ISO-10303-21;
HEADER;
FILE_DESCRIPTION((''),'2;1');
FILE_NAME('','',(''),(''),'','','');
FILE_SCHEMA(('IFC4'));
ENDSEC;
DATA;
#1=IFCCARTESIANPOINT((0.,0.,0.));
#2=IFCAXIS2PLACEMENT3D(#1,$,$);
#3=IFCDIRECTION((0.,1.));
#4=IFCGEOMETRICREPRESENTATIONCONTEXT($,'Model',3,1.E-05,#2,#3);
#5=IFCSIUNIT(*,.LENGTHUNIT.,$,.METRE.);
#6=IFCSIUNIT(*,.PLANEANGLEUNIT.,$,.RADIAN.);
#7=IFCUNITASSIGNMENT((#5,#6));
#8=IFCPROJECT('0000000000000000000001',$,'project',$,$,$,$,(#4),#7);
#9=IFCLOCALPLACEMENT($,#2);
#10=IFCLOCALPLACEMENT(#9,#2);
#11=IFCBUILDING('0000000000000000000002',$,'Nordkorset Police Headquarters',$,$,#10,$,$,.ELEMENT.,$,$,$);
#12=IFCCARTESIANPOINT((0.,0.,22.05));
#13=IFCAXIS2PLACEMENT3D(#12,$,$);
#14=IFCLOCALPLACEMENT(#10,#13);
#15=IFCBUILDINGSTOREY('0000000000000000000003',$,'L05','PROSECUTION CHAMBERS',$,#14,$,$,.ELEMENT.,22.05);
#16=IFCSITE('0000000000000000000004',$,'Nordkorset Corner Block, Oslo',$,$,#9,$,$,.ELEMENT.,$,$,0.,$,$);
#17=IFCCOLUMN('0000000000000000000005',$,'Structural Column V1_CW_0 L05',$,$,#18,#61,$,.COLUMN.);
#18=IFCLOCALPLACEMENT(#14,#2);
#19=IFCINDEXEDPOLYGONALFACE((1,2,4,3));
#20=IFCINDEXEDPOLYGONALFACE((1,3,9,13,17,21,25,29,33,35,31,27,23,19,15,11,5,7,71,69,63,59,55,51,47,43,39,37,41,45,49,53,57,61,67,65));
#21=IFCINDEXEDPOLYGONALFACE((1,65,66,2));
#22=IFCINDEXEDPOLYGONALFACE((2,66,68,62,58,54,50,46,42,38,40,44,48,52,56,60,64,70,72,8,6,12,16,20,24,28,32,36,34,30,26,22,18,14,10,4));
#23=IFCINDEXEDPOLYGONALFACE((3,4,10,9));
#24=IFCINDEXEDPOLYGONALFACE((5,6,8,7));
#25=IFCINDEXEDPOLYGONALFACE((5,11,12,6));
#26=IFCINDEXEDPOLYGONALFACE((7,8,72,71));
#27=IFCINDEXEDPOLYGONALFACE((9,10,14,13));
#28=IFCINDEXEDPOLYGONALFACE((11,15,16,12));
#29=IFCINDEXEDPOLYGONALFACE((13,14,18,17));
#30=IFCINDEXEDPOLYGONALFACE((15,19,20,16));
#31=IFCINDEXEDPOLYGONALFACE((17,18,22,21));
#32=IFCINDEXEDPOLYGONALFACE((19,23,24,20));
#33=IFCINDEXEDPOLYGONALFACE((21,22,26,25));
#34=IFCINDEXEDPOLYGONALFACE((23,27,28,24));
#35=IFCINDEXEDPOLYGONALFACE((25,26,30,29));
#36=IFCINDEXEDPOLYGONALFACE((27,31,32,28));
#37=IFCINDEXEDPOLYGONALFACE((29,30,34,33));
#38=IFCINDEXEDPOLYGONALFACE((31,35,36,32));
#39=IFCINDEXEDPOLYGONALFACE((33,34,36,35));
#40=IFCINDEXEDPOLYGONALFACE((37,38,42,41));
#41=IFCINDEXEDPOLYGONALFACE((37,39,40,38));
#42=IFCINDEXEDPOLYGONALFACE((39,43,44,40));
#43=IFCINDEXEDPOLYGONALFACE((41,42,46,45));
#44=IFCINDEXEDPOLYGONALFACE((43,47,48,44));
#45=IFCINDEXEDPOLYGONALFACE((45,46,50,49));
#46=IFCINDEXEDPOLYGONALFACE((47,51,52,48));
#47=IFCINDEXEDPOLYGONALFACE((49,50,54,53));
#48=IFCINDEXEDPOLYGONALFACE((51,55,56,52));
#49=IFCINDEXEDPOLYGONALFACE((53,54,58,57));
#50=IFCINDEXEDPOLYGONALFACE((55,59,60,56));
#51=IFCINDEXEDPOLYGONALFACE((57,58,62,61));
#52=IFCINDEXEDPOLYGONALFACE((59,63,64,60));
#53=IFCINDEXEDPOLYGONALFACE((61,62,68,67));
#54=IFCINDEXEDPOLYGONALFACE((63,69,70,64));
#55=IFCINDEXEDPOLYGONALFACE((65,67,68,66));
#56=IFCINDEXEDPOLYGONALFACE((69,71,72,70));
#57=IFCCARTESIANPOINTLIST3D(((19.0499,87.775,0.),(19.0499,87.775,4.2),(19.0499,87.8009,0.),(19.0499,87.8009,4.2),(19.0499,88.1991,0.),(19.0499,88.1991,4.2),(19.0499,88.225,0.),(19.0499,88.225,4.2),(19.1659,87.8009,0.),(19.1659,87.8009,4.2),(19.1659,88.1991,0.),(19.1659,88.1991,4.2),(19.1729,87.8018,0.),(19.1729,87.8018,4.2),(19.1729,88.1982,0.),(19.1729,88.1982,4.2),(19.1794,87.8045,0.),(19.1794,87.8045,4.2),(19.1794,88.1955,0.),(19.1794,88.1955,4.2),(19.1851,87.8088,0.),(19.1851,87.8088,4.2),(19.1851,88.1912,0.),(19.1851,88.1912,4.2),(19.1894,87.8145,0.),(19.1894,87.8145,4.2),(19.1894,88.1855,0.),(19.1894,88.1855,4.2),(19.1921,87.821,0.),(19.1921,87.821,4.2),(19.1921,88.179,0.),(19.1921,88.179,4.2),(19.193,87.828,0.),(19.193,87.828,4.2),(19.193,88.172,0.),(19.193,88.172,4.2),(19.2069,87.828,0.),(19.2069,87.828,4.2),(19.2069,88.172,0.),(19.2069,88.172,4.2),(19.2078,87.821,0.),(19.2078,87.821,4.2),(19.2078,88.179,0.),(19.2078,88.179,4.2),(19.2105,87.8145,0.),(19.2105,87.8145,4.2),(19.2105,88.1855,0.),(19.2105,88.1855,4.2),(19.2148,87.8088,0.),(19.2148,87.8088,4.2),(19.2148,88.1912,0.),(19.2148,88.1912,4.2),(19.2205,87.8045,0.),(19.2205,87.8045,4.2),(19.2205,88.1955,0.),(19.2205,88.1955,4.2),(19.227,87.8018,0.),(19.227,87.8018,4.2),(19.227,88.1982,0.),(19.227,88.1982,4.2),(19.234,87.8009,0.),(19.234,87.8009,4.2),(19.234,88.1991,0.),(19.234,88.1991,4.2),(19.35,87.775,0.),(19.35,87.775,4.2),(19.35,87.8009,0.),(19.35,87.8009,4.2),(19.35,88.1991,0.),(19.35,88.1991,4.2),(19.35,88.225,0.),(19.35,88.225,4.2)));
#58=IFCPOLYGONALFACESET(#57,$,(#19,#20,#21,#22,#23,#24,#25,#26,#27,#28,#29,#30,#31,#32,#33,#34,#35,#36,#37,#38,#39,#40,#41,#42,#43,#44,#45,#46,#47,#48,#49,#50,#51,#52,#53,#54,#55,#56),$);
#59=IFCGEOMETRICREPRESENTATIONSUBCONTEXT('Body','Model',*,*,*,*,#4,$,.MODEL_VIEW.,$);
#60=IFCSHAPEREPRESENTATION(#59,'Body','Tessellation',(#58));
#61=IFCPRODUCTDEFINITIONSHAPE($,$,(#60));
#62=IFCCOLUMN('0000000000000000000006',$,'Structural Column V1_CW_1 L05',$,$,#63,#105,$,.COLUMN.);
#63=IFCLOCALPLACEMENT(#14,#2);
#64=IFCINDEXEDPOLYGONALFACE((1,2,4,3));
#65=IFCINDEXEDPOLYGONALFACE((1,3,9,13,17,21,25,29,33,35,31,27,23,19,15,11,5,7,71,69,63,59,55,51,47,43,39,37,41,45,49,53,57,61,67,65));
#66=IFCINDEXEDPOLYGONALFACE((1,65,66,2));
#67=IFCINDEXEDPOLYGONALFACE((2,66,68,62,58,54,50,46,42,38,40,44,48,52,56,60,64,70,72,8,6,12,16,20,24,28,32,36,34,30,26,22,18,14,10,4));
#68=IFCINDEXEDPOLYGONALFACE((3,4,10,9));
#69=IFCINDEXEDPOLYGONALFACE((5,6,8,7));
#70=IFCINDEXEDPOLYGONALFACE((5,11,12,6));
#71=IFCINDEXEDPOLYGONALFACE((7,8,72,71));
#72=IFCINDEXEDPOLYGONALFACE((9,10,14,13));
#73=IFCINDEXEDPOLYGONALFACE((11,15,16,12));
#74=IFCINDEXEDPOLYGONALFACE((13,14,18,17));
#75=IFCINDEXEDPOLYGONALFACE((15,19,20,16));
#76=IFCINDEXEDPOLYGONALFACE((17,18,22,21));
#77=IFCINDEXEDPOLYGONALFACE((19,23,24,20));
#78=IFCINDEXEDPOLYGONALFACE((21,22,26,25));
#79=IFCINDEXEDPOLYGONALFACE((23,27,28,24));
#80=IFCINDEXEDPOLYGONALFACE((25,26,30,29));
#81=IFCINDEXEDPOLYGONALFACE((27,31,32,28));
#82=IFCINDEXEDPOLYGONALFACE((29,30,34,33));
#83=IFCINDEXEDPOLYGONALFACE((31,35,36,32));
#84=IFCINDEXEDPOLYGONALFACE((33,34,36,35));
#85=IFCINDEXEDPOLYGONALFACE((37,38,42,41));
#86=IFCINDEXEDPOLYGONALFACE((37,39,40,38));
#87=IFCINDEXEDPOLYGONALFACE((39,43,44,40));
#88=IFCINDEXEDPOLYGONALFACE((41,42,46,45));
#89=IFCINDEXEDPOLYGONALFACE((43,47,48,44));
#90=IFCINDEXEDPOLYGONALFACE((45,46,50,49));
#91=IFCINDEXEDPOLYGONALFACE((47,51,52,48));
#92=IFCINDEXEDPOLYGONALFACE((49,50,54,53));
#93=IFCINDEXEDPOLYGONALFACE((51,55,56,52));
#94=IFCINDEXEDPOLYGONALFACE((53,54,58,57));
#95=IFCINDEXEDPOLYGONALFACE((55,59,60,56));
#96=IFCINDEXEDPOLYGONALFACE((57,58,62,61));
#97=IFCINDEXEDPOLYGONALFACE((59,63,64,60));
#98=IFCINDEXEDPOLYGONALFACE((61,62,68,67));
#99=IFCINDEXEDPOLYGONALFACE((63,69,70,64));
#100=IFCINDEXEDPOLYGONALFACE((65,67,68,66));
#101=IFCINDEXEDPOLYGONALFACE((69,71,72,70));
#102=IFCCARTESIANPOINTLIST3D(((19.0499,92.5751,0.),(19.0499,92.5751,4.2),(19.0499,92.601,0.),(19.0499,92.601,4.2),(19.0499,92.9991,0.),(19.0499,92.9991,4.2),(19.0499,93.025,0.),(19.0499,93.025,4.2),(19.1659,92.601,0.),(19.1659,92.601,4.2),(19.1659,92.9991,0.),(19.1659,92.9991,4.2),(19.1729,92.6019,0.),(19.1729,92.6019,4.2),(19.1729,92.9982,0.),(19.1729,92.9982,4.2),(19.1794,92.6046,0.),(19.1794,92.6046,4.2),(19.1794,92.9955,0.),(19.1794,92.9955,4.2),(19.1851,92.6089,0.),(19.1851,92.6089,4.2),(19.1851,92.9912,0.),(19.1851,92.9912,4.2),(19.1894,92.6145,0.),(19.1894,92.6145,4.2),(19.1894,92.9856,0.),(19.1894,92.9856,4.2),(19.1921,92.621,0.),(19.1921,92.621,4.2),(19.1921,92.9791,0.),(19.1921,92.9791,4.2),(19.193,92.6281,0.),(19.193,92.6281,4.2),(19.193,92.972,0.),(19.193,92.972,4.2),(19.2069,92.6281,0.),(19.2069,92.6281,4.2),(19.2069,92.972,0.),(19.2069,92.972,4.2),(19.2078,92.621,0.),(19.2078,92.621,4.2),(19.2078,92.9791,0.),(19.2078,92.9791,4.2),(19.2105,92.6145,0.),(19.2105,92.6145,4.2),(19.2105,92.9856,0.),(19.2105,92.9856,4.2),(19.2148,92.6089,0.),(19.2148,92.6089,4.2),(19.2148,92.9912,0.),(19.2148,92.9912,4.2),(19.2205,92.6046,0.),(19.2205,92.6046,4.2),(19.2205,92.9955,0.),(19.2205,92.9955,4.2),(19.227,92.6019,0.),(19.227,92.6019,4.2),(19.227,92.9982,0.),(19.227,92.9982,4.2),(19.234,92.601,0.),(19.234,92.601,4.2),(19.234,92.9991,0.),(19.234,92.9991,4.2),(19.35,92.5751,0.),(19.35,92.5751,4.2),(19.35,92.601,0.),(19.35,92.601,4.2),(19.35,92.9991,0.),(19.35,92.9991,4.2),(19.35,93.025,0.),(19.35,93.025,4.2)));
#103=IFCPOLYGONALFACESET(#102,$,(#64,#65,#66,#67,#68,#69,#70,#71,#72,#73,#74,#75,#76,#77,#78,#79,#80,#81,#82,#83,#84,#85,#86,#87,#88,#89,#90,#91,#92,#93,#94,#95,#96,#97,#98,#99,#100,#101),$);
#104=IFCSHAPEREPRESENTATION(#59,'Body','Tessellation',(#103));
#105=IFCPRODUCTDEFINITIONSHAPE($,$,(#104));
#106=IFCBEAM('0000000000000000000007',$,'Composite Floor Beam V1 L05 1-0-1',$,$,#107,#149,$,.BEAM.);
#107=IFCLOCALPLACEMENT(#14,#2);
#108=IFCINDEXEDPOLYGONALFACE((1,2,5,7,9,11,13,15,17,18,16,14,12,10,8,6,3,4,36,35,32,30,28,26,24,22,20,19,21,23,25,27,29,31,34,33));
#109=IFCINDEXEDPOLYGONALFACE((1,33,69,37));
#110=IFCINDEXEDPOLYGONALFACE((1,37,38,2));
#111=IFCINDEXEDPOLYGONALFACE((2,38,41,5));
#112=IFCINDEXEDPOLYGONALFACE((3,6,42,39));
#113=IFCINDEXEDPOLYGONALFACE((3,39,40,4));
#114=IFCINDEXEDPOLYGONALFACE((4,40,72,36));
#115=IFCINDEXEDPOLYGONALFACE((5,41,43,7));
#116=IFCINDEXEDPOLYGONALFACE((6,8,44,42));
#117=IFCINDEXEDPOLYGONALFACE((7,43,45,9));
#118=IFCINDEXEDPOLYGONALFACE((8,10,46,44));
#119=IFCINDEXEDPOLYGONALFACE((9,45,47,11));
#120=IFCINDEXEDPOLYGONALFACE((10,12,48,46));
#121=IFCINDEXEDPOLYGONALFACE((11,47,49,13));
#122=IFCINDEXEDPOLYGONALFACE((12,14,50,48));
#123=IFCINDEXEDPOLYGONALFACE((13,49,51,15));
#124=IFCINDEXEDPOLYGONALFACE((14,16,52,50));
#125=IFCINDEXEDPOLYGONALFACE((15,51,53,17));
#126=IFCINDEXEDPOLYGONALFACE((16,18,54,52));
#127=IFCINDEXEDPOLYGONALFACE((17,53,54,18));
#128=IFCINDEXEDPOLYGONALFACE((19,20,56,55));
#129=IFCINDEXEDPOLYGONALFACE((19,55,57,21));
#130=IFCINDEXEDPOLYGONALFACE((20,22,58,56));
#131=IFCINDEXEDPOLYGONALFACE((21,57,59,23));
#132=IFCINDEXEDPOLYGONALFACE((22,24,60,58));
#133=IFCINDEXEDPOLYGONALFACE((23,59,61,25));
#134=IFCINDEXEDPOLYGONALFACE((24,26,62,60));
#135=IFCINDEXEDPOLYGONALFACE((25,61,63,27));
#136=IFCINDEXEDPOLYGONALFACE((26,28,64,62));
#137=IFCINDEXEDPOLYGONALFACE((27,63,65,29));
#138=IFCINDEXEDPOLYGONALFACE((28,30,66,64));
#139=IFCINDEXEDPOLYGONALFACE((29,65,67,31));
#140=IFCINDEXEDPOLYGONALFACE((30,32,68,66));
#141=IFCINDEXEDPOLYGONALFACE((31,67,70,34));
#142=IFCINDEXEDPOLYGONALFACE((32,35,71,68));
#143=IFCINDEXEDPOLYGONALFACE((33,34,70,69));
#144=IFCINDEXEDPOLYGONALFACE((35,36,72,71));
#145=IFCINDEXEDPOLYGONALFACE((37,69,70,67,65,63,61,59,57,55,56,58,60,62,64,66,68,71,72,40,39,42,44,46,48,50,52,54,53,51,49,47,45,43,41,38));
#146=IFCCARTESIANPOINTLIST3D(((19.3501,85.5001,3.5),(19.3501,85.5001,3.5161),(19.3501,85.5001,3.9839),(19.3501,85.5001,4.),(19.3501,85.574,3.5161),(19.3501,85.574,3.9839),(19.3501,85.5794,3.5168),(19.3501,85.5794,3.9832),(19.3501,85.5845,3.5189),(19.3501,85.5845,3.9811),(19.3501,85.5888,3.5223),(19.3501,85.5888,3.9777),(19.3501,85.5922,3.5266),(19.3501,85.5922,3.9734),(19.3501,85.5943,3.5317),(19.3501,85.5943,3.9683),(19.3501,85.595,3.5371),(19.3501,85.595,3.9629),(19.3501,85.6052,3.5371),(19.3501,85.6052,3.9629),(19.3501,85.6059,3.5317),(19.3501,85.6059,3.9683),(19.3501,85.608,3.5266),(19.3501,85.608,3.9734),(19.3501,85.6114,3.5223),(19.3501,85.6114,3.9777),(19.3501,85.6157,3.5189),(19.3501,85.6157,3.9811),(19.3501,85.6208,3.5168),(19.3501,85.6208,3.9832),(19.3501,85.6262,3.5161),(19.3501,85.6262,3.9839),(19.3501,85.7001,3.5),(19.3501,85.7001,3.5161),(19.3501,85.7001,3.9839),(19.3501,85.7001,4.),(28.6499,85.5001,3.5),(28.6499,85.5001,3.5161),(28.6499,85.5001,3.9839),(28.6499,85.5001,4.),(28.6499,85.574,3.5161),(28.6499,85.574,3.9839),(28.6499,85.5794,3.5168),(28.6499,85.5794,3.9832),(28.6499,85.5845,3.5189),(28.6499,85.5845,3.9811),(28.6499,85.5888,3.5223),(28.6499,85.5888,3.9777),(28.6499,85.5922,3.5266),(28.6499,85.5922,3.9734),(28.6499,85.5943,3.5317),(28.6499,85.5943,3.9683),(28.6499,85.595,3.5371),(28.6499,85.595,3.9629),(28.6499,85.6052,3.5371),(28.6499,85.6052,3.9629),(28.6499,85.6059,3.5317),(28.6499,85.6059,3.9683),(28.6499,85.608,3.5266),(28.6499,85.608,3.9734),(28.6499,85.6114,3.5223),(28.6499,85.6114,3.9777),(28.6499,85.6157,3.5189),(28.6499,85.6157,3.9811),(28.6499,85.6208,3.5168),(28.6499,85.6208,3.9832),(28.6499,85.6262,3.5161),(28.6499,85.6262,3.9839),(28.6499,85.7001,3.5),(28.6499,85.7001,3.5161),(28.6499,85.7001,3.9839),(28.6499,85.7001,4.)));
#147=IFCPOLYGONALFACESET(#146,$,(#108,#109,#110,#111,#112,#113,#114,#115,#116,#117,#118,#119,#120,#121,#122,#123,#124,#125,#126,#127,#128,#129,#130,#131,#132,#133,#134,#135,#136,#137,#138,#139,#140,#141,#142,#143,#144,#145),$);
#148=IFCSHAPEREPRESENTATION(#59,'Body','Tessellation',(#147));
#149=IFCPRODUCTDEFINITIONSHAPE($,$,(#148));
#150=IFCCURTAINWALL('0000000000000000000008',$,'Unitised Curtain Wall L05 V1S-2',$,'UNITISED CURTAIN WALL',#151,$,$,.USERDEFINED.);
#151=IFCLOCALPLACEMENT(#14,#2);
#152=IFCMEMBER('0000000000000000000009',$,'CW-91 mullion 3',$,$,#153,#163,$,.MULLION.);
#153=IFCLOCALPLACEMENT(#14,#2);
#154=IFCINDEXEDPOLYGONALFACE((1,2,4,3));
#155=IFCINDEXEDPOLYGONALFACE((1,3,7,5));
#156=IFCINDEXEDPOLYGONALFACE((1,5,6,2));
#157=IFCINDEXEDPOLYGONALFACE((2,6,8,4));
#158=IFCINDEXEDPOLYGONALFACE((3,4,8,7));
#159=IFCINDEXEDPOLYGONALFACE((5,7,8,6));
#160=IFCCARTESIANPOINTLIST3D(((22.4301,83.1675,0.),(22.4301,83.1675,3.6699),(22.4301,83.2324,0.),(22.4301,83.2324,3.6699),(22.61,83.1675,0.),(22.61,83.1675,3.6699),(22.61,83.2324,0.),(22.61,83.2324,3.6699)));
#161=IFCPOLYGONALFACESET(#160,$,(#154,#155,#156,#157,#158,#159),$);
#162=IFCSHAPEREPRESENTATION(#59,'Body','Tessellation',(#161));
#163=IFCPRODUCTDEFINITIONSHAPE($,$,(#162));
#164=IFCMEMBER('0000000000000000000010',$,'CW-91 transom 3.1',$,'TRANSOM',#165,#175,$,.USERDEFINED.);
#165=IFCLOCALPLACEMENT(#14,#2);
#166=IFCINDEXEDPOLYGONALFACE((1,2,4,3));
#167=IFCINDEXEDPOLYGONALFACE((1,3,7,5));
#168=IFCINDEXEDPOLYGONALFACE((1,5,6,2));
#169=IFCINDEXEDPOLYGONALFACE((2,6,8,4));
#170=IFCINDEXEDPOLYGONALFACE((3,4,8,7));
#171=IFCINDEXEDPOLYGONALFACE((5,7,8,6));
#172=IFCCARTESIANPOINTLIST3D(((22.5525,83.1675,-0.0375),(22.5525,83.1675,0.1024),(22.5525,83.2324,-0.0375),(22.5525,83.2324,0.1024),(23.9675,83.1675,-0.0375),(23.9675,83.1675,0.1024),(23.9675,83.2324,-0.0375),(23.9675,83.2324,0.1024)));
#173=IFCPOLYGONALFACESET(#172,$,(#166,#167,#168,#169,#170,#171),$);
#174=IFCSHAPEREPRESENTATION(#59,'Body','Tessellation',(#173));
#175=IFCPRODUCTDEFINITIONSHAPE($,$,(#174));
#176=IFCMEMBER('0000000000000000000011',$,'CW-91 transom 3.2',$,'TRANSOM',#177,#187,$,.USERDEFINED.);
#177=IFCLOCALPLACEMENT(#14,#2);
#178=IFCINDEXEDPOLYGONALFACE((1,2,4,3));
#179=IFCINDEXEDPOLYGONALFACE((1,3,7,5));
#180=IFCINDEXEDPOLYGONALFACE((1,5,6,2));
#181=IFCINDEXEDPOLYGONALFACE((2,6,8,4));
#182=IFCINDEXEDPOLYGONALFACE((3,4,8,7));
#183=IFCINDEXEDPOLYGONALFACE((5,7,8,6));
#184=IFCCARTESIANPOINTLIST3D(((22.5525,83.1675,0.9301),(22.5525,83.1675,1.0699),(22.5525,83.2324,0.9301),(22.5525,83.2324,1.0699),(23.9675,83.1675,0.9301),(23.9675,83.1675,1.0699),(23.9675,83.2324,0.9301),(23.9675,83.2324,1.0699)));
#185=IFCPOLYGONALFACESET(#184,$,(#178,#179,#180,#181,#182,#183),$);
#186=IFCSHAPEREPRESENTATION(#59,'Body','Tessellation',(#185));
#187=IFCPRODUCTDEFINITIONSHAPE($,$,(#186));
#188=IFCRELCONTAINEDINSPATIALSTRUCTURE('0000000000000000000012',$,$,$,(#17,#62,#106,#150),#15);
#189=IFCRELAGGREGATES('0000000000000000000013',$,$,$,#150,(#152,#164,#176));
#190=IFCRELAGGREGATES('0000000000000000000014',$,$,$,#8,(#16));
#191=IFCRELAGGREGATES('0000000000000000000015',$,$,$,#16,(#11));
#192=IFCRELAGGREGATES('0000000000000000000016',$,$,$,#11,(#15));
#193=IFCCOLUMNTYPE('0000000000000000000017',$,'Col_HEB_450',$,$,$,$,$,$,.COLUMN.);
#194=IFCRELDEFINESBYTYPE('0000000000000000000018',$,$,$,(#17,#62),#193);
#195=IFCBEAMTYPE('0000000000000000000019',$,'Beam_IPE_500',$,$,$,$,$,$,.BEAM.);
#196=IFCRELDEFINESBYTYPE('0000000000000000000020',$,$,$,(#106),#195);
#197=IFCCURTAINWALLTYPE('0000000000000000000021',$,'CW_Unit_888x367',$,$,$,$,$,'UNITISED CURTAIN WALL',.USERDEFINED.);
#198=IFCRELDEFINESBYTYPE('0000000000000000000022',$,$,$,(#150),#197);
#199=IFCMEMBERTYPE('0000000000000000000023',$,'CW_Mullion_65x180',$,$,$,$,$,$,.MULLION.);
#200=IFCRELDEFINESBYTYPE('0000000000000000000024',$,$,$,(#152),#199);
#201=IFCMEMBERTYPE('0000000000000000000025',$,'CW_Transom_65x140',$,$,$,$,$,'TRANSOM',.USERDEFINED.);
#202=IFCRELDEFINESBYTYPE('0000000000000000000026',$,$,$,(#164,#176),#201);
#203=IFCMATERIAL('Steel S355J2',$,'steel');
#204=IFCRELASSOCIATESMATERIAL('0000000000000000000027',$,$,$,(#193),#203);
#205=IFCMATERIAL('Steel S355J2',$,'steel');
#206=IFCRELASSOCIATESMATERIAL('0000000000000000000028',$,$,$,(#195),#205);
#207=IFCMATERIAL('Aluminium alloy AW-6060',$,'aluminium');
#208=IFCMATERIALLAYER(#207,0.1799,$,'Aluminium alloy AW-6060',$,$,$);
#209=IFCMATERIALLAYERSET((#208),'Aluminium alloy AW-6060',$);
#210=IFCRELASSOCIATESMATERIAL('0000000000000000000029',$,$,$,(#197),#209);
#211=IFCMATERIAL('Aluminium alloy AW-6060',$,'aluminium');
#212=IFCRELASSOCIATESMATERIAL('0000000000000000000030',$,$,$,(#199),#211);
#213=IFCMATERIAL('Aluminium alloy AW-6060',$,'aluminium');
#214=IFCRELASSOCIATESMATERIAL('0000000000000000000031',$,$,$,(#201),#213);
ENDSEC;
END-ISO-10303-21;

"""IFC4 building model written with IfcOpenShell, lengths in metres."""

from ifc_helpers import new_model, si_unit, direction, frame, origin, origin_2d, place, context, subcontext, project, spatial, rectangle, i_section, extrude, material, layer, layer_set, material_profile, profile_set, type_object, element, aggregate, save


model = new_model("IFC4")

# Units and contexts
model_context = context("Model", 3, precision=1e-05, world=origin(), true_north=direction((0.0, 1.0)))
body_context = subcontext(model_context, "Body", "Model", "MODEL_VIEW")
ifc_project = project(units=[si_unit("LENGTHUNIT", "METRE"), si_unit("PLANEANGLEUNIT", "RADIAN")], contexts=[model_context])

# Site, building, storey
site_placement = place(None, origin())
site = spatial("IfcSite", under=ifc_project, at=site_placement, Name="Nordkorset Corner Block, Oslo", CompositionType="ELEMENT", RefElevation=0.0)
building_placement = place(site_placement, origin())
building = spatial("IfcBuilding", under=site, at=building_placement, Name="Nordkorset Police Headquarters", CompositionType="ELEMENT")
storey_placement = place(building_placement, frame((0.0, 0.0, 22.05)))
storey = spatial("IfcBuildingStorey", under=building, at=storey_placement, Name="L05", Description="PROSECUTION CHAMBERS", CompositionType="ELEMENT", Elevation=22.05)

# Columns
ifc_material_1 = material(Name="Steel S355J2", Category="steel")
ifc_material_profile_1 = material_profile(ifc_material_1, i_section(OverallWidth=0.3, OverallDepth=0.45, WebThickness=0.0139, FlangeThickness=0.0259, FilletRadius=0.0271, at=origin_2d()), Name="HEB 450")
ifc_profile_set_1 = profile_set([ifc_material_profile_1], Name="Steel S355J2")
column_type = type_object("IfcColumnType", Name="Col_HEB_450", PredefinedType="COLUMN", material=ifc_profile_set_1)
for number, where, z_axis, x_axis, name in (
    (1, (19.2, 88.0, 0.0), (0.0, 0.0, 1.0), (1.0, 0.0, 0.0), "Structural Column V1_CW_0 L05"),
    (2, (19.2, 92.8, 0.0), (0.0, 0.0, 1.0), (1.0, 0.0, 0.0), "Structural Column V1_CW_1 L05"),
):
    element("IfcColumn", number, at=place(storey_placement, frame(where, z_axis=z_axis, x_axis=x_axis)), inside=storey, type_object=column_type, Name=name, PredefinedType="COLUMN", context=body_context, shape_type="SweptSolid", body=[
        extrude(i_section(OverallWidth=0.3, OverallDepth=0.45, WebThickness=0.0139, FlangeThickness=0.0259, FilletRadius=0.0271, at=origin_2d()), origin(), (0.0, 0.0, 1.0), 4.2),
    ])

# Beam
ifc_material_2 = material(Name="Steel S355J2", Category="steel")
ifc_material_profile_2 = material_profile(ifc_material_2, i_section(OverallWidth=0.2, OverallDepth=0.5, WebThickness=0.0103, FlangeThickness=0.0161, FilletRadius=0.021, at=origin_2d()), Name="IPE 500")
ifc_profile_set_2 = profile_set([ifc_material_profile_2], Name="Steel S355J2")
beam_type_1 = type_object("IfcBeamType", Name="Beam_IPE_500", PredefinedType="BEAM", material=ifc_profile_set_2)
beam_1_placement = place(storey_placement, frame((19.3501, 85.6001, 3.75), z_axis=(1.0, 0.0, 0.0), x_axis=(0.0, 1.0, 0.0)))
element("IfcBeam", 3, at=beam_1_placement, inside=storey, type_object=beam_type_1, Name="Composite Floor Beam V1 L05 1-0-1", PredefinedType="BEAM", context=body_context, shape_type="SweptSolid", body=[
    extrude(i_section(OverallWidth=0.2, OverallDepth=0.5, WebThickness=0.0103, FlangeThickness=0.0161, FilletRadius=0.021, at=origin_2d()), origin(), (0.0, 0.0, 1.0), 9.2998),
])

# Curtain wall, members
ifc_material_3 = material(Name="Aluminium alloy AW-6060", Category="aluminium")
ifc_layer_1 = layer(ifc_material_3, 0.1799, Name="Aluminium alloy AW-6060")
ifc_layer_set_1 = layer_set([ifc_layer_1], Name="Aluminium alloy AW-6060")
curtain_wall_type = type_object("IfcCurtainWallType", Name="CW_Unit_888x367", ElementType="UNITISED CURTAIN WALL", PredefinedType="USERDEFINED", material=ifc_layer_set_1)
curtain_wall_placement = place(storey_placement, origin())
curtain_wall = element("IfcCurtainWall", 4, at=curtain_wall_placement, inside=storey, type_object=curtain_wall_type, Name="Unitised Curtain Wall L05 V1S-2", ObjectType="UNITISED CURTAIN WALL", PredefinedType="USERDEFINED")
ifc_material_4 = material(Name="Aluminium alloy AW-6060", Category="aluminium")
ifc_material_profile_3 = material_profile(ifc_material_4, rectangle(XDim=0.0649, YDim=0.1799, at=origin_2d()), Name="ALU MULL 65x180")
ifc_profile_set_3 = profile_set([ifc_material_profile_3], Name="Aluminium alloy AW-6060")
member_type_1 = type_object("IfcMemberType", Name="CW_Mullion_65x180", PredefinedType="MULLION", material=ifc_profile_set_3)
member_1_placement = place(storey_placement, frame((22.52, 83.2, 0.0), z_axis=(0.0, 0.0, 1.0), x_axis=(0.0, 1.0, 0.0)))
member_1 = element("IfcMember", 5, at=member_1_placement, type_object=member_type_1, Name="CW-91 mullion 3", PredefinedType="MULLION", context=body_context, shape_type="SweptSolid", body=[
    extrude(rectangle(XDim=0.0649, YDim=0.1799, at=origin_2d()), origin(), (0.0, 0.0, 1.0), 3.6699),
])
ifc_material_5 = material(Name="Aluminium alloy AW-6060", Category="aluminium")
ifc_material_profile_4 = material_profile(ifc_material_5, rectangle(XDim=0.0649, YDim=0.1399, at=origin_2d()), Name="ALU TRAN 65x140")
ifc_profile_set_4 = profile_set([ifc_material_profile_4], Name="Aluminium alloy AW-6060")
member_type_2 = type_object("IfcMemberType", Name="CW_Transom_65x140", ElementType="TRANSOM", PredefinedType="USERDEFINED", material=ifc_profile_set_4)
member_2_placement = place(storey_placement, frame((22.5525, 83.2, 0.0325), z_axis=(1.0, 0.0, 0.0), x_axis=(0.0, 1.0, 0.0)))
member_2 = element("IfcMember", 6, at=member_2_placement, type_object=member_type_2, Name="CW-91 transom 3.1", ObjectType="TRANSOM", PredefinedType="USERDEFINED", context=body_context, shape_type="SweptSolid", body=[
    extrude(rectangle(XDim=0.0649, YDim=0.1399, at=origin_2d()), origin(), (0.0, 0.0, 1.0), 1.415),
])
member_3_placement = place(storey_placement, frame((22.5525, 83.2, 1.0), z_axis=(1.0, 0.0, 0.0), x_axis=(0.0, 1.0, 0.0)))
member_3 = element("IfcMember", 7, at=member_3_placement, type_object=member_type_2, Name="CW-91 transom 3.2", ObjectType="TRANSOM", PredefinedType="USERDEFINED", context=body_context, shape_type="SweptSolid", body=[
    extrude(rectangle(XDim=0.0649, YDim=0.1399, at=origin_2d()), origin(), (0.0, 0.0, 1.0), 1.415),
])

aggregate(curtain_wall, [member_1, member_2, member_3])

save(model, "model.ifc")
